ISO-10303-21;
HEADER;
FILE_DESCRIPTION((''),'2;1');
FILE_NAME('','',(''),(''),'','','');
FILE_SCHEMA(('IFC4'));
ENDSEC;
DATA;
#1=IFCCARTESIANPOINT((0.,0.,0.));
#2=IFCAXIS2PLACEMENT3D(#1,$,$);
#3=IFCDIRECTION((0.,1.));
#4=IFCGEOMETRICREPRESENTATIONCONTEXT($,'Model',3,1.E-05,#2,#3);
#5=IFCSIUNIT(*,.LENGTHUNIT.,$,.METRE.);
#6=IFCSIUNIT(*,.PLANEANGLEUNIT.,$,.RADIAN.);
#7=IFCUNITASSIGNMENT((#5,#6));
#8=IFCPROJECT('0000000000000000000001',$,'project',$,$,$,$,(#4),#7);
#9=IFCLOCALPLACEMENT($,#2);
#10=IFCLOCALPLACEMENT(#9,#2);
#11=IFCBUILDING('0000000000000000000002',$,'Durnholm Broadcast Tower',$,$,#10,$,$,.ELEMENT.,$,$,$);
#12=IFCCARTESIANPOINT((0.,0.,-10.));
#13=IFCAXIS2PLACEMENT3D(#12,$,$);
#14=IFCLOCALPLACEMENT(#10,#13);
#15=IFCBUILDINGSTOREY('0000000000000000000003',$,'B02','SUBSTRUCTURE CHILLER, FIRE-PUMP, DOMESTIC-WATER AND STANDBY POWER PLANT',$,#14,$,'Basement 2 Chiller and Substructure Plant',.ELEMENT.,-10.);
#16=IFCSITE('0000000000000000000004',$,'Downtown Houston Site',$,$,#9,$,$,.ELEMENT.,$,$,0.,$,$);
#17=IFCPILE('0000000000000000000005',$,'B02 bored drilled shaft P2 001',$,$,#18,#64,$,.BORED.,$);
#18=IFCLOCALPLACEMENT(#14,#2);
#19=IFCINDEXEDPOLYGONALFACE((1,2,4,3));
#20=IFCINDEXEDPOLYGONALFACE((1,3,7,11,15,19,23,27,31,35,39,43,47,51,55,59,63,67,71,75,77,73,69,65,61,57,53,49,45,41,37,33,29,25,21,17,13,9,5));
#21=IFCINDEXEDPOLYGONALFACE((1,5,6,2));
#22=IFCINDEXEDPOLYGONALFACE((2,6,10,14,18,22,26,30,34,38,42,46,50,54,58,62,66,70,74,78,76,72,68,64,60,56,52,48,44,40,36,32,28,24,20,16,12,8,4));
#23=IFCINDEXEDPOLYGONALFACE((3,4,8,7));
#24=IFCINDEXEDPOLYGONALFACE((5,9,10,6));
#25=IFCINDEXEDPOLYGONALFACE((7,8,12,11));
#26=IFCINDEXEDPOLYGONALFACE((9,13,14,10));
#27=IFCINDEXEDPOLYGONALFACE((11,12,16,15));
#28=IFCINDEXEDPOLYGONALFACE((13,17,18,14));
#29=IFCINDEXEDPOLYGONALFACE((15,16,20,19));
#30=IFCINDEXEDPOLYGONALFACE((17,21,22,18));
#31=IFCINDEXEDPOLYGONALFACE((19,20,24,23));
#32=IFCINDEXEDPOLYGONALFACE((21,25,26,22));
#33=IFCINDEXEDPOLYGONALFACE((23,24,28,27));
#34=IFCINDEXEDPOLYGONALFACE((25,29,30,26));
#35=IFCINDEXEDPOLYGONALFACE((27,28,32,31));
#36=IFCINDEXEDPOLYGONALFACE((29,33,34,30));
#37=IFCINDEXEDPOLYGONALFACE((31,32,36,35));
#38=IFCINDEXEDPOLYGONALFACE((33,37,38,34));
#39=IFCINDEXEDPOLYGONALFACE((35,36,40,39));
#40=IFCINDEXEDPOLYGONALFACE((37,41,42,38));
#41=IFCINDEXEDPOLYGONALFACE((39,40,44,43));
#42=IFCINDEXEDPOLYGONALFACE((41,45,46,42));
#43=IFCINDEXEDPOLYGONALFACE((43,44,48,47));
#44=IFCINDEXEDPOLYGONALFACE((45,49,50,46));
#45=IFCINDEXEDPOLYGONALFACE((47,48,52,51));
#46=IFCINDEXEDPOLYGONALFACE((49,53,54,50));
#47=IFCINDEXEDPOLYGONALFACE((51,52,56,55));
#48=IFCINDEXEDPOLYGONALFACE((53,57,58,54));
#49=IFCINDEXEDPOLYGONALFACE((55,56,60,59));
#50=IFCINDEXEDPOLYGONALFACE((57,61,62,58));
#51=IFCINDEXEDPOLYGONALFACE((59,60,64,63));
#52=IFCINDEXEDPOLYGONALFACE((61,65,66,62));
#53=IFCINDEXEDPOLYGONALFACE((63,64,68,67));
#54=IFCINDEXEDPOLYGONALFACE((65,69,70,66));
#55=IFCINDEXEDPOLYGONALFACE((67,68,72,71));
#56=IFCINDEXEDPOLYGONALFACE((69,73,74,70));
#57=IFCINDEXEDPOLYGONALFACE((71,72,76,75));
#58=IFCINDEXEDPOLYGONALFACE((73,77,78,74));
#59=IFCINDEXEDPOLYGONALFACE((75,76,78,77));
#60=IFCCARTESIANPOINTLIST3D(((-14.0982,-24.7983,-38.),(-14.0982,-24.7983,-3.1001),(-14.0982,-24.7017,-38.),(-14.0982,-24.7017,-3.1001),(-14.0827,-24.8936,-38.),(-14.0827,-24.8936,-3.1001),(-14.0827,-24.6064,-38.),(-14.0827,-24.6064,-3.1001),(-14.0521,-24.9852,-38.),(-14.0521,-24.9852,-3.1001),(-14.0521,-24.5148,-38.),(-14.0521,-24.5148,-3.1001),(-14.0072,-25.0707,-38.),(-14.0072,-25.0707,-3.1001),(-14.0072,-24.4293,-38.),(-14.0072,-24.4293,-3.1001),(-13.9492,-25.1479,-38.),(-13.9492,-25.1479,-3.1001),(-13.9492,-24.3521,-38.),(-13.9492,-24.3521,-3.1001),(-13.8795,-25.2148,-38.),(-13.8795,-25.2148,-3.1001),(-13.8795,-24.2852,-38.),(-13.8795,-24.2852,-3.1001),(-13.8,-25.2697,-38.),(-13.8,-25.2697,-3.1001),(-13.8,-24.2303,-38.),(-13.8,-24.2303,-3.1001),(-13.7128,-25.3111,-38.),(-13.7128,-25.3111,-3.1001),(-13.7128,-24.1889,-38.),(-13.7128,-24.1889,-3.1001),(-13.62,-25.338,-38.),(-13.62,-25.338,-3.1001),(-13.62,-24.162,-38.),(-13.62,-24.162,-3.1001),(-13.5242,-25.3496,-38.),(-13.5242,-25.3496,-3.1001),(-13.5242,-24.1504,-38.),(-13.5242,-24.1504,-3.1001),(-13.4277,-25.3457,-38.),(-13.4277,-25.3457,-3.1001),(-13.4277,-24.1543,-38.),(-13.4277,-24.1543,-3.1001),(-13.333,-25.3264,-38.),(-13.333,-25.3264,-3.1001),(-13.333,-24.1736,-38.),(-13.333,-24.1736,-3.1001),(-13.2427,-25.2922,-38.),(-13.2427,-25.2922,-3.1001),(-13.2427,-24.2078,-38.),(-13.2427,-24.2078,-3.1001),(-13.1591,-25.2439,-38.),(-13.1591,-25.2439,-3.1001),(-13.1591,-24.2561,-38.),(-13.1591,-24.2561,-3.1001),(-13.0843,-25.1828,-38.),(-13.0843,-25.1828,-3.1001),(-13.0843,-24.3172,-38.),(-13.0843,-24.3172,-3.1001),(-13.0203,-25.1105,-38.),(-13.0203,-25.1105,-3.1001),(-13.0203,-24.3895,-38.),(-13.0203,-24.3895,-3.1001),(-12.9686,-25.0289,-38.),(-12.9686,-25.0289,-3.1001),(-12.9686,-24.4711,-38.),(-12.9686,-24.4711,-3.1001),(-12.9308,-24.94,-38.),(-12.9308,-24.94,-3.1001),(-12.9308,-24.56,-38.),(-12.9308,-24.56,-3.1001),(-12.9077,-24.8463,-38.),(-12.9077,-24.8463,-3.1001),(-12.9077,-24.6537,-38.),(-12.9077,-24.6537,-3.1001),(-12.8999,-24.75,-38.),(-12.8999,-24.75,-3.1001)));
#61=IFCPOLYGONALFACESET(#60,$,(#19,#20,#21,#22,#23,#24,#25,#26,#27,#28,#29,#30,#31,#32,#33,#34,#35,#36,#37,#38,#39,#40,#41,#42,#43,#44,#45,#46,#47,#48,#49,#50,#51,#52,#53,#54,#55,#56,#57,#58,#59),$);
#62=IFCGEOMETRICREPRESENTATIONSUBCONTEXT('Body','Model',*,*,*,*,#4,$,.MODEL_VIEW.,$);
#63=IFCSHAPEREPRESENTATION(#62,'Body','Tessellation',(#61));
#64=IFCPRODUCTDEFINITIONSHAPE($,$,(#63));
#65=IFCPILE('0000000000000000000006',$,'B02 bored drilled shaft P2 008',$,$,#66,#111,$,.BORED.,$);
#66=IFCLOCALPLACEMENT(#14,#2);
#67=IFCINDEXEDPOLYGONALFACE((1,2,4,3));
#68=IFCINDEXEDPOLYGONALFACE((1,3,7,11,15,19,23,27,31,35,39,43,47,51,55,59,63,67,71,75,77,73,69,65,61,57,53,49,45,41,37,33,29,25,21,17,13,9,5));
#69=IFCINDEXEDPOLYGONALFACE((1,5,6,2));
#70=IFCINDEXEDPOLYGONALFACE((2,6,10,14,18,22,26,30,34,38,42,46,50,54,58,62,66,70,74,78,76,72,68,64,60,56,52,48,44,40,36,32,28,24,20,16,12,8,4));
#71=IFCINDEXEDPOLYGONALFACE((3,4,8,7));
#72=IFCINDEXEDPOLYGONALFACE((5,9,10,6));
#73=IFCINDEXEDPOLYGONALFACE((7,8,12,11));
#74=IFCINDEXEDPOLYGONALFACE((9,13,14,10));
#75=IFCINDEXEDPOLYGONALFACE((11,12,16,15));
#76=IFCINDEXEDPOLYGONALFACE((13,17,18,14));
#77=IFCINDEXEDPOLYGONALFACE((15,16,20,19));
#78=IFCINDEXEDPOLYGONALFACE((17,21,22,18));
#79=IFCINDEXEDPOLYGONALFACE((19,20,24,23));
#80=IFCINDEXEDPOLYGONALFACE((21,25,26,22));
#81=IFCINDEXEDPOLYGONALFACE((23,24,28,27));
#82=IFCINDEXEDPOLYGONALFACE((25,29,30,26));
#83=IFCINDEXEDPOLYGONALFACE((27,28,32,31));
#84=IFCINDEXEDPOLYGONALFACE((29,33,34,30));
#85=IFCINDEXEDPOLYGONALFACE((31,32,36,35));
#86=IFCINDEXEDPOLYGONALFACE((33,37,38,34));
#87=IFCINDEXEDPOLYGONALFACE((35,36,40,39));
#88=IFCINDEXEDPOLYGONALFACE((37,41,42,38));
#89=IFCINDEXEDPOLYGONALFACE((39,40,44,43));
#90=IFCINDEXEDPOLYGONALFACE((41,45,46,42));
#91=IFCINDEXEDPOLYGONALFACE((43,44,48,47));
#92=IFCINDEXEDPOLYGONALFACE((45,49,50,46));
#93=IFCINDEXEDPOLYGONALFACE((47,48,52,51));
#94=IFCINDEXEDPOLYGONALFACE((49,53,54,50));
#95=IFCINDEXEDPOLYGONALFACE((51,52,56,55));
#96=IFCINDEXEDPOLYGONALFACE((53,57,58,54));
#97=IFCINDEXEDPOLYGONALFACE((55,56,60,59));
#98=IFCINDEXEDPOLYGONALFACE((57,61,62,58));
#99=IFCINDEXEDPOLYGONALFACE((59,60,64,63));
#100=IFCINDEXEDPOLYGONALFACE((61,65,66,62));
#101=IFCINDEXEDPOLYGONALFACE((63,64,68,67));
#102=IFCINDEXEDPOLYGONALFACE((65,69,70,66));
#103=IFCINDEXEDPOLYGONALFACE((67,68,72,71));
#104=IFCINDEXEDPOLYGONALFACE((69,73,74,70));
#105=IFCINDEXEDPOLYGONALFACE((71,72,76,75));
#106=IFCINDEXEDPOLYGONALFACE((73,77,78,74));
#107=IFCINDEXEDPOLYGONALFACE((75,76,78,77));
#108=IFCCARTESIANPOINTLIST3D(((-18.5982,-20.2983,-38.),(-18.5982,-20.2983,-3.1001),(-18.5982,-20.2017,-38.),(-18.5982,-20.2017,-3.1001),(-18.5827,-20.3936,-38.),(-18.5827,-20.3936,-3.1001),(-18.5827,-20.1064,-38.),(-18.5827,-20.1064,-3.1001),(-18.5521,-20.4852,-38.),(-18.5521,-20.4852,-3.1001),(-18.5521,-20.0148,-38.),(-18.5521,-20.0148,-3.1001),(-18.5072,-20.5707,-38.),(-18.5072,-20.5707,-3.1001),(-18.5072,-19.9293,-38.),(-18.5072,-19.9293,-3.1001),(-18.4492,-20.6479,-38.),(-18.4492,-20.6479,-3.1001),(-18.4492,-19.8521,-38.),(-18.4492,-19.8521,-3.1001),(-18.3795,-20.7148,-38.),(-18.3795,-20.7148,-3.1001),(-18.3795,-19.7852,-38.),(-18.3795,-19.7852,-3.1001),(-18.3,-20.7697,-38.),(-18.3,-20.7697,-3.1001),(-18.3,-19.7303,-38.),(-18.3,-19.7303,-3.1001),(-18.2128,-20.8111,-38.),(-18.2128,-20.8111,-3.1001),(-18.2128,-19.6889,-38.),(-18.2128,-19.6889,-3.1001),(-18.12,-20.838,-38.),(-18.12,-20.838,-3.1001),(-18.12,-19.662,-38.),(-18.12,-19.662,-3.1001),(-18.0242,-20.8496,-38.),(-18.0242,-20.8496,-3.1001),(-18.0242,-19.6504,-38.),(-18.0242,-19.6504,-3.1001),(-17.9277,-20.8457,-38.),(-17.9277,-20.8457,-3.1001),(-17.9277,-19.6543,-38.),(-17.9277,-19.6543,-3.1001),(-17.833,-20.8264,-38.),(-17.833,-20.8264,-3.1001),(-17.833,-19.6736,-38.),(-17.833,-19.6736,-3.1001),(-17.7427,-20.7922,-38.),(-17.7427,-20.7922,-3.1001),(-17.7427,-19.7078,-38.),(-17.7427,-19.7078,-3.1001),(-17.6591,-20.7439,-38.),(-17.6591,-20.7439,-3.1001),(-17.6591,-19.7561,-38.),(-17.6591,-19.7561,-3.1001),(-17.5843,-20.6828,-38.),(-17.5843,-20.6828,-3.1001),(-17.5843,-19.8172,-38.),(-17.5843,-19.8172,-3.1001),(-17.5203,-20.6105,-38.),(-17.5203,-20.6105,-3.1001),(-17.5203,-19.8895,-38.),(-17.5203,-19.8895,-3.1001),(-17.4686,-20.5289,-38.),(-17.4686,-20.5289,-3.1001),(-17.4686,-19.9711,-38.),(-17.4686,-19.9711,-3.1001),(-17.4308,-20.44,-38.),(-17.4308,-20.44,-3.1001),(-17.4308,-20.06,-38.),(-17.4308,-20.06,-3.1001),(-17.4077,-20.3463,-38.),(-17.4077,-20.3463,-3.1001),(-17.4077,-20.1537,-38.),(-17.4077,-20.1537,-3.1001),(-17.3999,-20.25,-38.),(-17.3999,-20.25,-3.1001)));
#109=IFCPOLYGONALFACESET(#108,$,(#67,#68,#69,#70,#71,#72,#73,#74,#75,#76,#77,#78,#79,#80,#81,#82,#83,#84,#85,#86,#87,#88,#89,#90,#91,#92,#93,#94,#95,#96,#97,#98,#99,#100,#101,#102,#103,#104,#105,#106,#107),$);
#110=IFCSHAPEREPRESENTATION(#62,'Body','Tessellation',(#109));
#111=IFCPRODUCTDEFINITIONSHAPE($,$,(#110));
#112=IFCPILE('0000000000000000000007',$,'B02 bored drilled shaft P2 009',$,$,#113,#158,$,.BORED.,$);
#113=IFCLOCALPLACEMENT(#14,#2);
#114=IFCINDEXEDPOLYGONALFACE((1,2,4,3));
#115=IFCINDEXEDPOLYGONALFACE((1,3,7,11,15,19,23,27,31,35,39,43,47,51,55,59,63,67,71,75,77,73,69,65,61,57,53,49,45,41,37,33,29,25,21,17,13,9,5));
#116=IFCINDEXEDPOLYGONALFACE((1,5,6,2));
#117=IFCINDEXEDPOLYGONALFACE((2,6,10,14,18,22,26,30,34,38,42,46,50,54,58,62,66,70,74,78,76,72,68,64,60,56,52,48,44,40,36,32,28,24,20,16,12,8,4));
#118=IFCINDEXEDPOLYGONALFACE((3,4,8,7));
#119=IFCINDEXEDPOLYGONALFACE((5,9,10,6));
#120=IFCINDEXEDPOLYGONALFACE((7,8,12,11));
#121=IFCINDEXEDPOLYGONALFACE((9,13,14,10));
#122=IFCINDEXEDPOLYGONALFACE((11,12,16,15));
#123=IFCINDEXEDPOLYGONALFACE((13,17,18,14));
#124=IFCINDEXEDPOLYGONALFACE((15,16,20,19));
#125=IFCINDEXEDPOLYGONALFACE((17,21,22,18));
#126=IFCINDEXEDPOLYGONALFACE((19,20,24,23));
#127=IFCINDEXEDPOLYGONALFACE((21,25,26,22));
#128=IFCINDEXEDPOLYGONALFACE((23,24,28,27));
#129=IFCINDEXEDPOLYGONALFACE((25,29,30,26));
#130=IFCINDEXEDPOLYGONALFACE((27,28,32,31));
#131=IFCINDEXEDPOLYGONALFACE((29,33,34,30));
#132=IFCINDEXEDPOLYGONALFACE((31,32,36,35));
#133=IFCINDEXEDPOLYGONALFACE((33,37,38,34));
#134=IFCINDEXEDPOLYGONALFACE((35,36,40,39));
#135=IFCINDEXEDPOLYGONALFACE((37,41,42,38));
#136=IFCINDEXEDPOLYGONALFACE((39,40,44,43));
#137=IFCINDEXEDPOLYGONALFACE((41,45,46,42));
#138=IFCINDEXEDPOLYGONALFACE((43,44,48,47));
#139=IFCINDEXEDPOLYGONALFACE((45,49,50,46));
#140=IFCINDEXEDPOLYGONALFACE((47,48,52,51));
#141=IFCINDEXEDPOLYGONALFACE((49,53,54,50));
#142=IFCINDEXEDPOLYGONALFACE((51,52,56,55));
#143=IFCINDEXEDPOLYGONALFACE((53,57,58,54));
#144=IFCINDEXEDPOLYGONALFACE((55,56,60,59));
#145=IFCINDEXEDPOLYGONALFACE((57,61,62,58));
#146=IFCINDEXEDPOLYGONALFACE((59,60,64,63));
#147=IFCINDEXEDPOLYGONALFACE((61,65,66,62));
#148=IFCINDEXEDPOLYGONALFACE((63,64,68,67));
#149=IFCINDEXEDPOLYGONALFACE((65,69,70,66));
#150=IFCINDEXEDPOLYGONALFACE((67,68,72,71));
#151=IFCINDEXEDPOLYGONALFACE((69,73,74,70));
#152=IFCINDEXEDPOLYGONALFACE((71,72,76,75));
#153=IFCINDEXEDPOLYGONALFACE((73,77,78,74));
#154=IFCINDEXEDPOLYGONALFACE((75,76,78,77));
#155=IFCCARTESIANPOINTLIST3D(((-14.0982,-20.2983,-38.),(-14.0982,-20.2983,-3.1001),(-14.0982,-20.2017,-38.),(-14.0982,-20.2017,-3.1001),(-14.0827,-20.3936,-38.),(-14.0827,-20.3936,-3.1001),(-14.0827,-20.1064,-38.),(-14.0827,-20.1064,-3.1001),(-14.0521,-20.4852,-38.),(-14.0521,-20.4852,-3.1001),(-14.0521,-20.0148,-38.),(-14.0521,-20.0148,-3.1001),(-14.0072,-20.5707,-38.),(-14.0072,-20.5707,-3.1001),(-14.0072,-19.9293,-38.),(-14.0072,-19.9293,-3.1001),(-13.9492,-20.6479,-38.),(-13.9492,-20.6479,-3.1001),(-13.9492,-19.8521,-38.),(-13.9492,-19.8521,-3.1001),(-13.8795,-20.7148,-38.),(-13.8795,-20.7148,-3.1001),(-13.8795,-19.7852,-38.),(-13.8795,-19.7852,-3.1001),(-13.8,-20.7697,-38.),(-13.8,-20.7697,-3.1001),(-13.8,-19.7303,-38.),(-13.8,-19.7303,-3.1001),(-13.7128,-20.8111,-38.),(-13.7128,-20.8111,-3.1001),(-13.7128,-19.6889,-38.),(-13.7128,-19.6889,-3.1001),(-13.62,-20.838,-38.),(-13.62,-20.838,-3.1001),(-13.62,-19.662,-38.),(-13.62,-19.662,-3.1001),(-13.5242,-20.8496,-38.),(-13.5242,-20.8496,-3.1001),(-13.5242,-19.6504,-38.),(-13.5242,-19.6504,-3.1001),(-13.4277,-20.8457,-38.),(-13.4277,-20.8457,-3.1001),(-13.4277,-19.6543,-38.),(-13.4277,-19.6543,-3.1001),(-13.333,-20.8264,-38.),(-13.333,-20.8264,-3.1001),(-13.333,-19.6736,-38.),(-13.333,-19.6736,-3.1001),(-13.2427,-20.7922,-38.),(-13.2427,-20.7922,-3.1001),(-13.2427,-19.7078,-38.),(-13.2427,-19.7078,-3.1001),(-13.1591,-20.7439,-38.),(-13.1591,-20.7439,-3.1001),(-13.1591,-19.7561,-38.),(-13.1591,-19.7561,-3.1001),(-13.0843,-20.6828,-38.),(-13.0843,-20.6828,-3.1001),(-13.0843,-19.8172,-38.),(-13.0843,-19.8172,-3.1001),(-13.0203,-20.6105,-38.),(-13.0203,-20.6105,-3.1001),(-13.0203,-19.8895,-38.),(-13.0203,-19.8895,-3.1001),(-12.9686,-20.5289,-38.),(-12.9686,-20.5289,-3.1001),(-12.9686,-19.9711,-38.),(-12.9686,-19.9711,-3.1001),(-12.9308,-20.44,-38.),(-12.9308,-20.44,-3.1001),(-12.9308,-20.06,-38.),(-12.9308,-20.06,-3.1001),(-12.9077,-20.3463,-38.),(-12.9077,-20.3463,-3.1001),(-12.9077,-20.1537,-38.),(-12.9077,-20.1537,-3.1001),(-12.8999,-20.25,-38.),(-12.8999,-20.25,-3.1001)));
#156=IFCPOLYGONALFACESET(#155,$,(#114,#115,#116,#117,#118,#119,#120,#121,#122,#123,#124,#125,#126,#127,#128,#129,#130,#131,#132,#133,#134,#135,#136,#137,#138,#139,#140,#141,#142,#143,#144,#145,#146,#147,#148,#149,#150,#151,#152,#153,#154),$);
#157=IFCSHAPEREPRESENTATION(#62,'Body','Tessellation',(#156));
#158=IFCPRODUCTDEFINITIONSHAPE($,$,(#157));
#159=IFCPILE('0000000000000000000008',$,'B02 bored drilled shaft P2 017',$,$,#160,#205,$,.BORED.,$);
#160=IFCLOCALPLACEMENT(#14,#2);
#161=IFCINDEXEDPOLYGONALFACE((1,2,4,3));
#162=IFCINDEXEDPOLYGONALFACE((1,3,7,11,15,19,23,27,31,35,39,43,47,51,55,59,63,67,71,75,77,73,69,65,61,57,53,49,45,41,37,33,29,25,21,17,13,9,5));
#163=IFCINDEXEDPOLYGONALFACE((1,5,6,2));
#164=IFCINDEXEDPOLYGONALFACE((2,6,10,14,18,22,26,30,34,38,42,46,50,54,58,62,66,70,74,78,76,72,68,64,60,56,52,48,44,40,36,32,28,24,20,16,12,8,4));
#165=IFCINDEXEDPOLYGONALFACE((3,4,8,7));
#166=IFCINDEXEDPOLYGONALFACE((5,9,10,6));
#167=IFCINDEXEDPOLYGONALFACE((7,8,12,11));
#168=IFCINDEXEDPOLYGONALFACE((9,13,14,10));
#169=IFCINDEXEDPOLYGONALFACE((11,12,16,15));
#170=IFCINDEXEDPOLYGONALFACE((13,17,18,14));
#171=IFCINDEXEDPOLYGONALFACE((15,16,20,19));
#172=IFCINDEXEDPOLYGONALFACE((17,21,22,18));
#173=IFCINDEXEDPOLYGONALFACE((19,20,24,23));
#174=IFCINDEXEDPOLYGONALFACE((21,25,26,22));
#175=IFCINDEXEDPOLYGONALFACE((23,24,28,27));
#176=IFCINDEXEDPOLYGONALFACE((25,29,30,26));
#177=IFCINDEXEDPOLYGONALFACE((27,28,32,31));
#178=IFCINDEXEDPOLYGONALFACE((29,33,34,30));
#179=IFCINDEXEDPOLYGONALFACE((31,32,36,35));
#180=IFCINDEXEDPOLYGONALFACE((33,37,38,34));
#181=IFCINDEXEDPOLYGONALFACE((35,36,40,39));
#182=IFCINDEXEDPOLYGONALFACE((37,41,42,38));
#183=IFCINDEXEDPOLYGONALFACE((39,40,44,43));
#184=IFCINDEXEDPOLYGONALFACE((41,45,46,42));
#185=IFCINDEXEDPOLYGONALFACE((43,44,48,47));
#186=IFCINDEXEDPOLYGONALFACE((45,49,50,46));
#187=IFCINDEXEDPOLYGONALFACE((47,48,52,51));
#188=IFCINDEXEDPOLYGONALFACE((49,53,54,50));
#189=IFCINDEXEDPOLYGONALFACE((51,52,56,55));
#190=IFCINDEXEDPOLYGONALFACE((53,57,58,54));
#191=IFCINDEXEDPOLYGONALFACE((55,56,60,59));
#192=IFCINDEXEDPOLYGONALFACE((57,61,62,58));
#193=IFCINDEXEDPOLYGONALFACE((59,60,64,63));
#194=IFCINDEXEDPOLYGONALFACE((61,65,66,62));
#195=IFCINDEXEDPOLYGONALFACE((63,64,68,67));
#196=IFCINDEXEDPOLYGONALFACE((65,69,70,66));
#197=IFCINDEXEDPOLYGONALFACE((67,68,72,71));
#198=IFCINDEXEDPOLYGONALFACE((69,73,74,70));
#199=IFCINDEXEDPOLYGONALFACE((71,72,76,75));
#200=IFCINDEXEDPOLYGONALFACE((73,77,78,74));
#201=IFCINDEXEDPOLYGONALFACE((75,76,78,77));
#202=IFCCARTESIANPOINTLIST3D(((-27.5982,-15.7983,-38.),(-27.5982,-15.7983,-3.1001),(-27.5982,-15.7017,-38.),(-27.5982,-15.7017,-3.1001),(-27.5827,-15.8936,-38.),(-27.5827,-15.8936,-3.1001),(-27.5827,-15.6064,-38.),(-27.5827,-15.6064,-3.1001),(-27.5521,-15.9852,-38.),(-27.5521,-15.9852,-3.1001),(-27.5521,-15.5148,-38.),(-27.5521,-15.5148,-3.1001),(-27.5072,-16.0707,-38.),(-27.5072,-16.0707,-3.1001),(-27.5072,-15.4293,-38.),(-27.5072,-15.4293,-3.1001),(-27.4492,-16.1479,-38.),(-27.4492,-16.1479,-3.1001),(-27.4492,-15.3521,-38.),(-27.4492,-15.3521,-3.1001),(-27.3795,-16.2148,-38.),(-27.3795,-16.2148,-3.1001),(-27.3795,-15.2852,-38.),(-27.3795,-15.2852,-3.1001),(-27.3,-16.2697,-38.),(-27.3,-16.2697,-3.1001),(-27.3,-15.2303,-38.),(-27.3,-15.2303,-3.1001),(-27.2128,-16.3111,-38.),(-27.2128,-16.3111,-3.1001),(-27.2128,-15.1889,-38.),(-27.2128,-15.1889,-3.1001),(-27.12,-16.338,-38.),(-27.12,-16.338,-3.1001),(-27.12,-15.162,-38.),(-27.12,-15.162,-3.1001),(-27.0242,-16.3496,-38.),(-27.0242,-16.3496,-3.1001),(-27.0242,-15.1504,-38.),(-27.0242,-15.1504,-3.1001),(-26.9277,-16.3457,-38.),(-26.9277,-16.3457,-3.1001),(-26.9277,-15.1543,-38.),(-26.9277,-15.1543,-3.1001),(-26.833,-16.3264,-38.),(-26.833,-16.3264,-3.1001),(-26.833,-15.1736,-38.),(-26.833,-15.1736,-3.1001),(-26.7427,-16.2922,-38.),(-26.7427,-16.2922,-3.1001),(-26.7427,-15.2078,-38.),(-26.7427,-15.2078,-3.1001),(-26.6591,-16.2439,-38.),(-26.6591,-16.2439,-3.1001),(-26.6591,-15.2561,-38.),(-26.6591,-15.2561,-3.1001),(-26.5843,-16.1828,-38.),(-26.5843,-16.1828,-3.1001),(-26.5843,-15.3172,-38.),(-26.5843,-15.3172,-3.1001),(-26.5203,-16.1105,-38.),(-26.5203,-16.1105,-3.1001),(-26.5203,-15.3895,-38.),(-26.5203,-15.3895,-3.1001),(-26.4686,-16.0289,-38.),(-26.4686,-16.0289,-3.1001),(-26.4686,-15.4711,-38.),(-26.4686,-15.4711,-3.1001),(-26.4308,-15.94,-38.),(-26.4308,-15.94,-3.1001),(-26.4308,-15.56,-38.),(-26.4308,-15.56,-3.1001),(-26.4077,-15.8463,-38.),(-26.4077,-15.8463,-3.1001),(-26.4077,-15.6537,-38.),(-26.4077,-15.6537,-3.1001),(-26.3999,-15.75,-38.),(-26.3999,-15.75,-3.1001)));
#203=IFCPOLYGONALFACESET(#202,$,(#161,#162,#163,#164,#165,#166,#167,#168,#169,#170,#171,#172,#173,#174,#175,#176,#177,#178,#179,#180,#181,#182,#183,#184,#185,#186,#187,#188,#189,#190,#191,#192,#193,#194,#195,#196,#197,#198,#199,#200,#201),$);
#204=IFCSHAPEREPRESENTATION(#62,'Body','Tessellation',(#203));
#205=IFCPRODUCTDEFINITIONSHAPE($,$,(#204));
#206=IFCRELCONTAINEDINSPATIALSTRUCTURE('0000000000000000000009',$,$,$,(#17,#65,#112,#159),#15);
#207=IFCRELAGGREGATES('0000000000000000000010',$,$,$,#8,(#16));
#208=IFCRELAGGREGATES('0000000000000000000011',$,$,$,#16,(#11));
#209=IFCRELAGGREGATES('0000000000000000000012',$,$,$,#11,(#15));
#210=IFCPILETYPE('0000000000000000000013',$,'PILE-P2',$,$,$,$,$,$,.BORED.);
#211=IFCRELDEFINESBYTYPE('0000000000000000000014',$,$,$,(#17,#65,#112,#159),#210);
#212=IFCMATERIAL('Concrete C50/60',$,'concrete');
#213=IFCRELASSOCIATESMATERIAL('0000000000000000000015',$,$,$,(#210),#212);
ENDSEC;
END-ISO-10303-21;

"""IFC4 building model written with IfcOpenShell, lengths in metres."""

from ifc_helpers import new_model, si_unit, direction, frame, origin, origin_2d, place, context, subcontext, project, spatial, circle, extrude, source, transform, mapped, material, material_profile, profile_set, type_object, type_shapes, element, save


model = new_model("IFC4")

# Units and contexts
model_context = context("Model", 3, precision=1e-05, world=origin(), true_north=direction((0.0, 1.0)))
body_context = subcontext(model_context, "Body", "Model", "MODEL_VIEW")
ifc_project = project(units=[si_unit("LENGTHUNIT", "METRE"), si_unit("PLANEANGLEUNIT", "RADIAN")], contexts=[model_context])

# Site, building, storey
site_placement = place(None, origin())
site = spatial("IfcSite", under=ifc_project, at=site_placement, Name="Downtown Houston Site", CompositionType="ELEMENT", RefElevation=0.0)
building_placement = place(site_placement, origin())
building = spatial("IfcBuilding", under=site, at=building_placement, Name="Durnholm Broadcast Tower", CompositionType="ELEMENT")
storey_placement = place(building_placement, frame((0.0, 0.0, -10.0)))
storey = spatial("IfcBuildingStorey", under=building, at=storey_placement, Name="B02", Description="SUBSTRUCTURE CHILLER, FIRE-PUMP, DOMESTIC-WATER AND STANDBY POWER PLANT", LongName="Basement 2 Chiller and Substructure Plant", CompositionType="ELEMENT", Elevation=-10.0)

# Piles
ifc_material_1 = material(Name="Concrete C50/60", Category="concrete")
ifc_material_profile_1 = material_profile(ifc_material_1, circle(Radius=0.6001, at=origin_2d()), Name="PILE1200")
ifc_profile_set_1 = profile_set([ifc_material_profile_1], Name="Concrete C50/60")
pile_type_1 = type_object("IfcPileType", Name="PILE-P2", PredefinedType="BORED", material=ifc_profile_set_1)
shared_shape_1 = source(origin(), body_context, "Body", "SweptSolid", [
    extrude(circle(Radius=0.6001, at=origin_2d()), origin(), (0.0, 0.0, 1.0), 34.8999),
])
type_shapes(pile_type_1, [shared_shape_1])
for number, where, z_axis, x_axis, name in (
    (1, (-13.5, -24.75, -3.1001), (0.0, 0.0, -1.0), (1.0, 0.0, 0.0), "B02 bored drilled shaft P2 001"),
    (2, (-18.0, -20.25, -3.1001), (0.0, 0.0, -1.0), (1.0, 0.0, 0.0), "B02 bored drilled shaft P2 008"),
    (3, (-13.5, -20.25, -3.1001), (0.0, 0.0, -1.0), (1.0, 0.0, 0.0), "B02 bored drilled shaft P2 009"),
    (4, (-27.0, -15.75, -3.1001), (0.0, 0.0, -1.0), (1.0, 0.0, 0.0), "B02 bored drilled shaft P2 017"),
):
    element("IfcPile", number, at=place(storey_placement, frame(where, z_axis=z_axis, x_axis=x_axis)), inside=storey, type_object=pile_type_1, Name=name, PredefinedType="BORED", context=body_context, shape_type="MappedRepresentation", body=[
        mapped(shared_shape_1, transform((0.0, 0.0, 0.0), x_axis=(1.0, 0.0, 0.0), y_axis=(0.0, 1.0, 0.0), z_axis=(0.0, 0.0, 1.0), scale=1.0)),
    ])

save(model, "model.ifc")
